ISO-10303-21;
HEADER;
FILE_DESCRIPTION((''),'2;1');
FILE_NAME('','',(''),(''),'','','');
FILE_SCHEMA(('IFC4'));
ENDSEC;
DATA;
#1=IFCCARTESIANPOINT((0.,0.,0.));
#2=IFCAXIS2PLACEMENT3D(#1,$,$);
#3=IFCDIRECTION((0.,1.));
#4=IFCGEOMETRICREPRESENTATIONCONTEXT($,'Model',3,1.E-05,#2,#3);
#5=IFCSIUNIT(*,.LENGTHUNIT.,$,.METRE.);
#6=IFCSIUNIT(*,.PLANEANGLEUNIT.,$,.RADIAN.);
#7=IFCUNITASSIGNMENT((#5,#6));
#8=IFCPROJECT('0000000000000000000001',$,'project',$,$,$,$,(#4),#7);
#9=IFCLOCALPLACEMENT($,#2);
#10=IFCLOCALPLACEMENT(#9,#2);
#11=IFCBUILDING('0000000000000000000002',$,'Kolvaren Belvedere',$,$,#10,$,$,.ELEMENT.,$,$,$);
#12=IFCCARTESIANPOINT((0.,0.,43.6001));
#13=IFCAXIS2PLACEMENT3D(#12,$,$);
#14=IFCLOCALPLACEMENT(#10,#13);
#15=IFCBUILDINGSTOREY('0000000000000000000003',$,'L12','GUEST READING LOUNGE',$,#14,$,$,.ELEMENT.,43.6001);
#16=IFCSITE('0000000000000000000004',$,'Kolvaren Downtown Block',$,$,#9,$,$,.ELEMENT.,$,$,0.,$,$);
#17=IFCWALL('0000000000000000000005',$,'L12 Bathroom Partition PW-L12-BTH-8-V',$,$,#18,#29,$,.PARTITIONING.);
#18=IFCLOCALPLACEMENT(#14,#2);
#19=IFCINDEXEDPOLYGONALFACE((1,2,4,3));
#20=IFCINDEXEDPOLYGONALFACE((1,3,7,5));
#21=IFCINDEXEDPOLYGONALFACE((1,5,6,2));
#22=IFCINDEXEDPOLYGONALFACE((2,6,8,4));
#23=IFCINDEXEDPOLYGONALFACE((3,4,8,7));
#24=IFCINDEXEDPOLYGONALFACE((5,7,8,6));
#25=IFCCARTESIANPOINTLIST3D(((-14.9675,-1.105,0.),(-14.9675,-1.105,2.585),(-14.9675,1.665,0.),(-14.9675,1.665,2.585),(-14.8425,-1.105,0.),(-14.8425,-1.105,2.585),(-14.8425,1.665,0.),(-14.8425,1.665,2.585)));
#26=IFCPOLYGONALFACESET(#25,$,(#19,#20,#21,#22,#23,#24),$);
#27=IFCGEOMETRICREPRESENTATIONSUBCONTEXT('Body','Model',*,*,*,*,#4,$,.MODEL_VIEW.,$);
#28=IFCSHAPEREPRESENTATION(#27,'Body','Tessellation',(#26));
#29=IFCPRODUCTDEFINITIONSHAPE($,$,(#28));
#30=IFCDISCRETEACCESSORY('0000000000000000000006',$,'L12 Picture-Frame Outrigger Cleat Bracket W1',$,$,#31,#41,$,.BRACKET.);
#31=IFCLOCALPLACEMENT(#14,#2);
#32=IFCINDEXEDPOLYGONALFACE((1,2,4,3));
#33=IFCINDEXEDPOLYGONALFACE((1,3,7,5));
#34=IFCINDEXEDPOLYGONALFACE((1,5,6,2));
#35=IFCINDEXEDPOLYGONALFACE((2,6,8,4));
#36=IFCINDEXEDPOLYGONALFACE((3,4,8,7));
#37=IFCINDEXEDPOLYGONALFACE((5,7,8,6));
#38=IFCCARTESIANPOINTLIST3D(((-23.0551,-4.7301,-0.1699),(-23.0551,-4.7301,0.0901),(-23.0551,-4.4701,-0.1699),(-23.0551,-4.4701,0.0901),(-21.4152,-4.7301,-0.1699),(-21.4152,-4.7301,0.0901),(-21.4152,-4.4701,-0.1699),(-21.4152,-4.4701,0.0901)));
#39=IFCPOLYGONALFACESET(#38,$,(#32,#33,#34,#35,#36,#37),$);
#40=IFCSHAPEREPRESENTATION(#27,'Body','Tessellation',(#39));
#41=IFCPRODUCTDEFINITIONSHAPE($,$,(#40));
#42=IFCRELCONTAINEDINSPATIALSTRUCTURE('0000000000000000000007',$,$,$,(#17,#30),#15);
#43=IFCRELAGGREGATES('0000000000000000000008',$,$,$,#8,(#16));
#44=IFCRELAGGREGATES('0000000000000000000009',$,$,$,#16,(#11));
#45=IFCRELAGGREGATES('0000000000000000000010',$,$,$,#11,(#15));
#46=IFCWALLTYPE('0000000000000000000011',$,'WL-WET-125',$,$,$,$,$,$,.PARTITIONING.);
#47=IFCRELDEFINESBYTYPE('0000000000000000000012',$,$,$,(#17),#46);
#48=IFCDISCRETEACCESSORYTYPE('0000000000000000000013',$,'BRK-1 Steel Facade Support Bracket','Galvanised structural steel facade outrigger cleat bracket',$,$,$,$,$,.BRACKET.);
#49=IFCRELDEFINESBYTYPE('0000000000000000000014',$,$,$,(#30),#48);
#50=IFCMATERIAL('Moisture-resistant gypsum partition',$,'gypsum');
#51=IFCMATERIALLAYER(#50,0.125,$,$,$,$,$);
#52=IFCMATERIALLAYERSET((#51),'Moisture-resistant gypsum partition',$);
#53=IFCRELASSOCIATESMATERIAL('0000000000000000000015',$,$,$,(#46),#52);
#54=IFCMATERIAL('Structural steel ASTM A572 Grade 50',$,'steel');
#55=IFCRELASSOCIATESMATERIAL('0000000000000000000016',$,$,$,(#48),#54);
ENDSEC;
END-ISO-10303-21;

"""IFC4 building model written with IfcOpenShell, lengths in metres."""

from ifc_helpers import new_model, si_unit, direction, frame, frame_2d, origin, origin_2d, place, context, subcontext, project, spatial, rectangle, extrude, material, layer, layer_set, type_object, element, save


model = new_model("IFC4")

# Units and contexts
model_context = context("Model", 3, precision=1e-05, world=origin(), true_north=direction((0.0, 1.0)))
body_context = subcontext(model_context, "Body", "Model", "MODEL_VIEW")
ifc_project = project(units=[si_unit("LENGTHUNIT", "METRE"), si_unit("PLANEANGLEUNIT", "RADIAN")], contexts=[model_context])

# Site, building, storey
site_placement = place(None, origin())
site = spatial("IfcSite", under=ifc_project, at=site_placement, Name="Kolvaren Downtown Block", CompositionType="ELEMENT", RefElevation=0.0)
building_placement = place(site_placement, origin())
building = spatial("IfcBuilding", under=site, at=building_placement, Name="Kolvaren Belvedere", CompositionType="ELEMENT")
storey_placement = place(building_placement, frame((0.0, 0.0, 43.6001)))
storey = spatial("IfcBuildingStorey", under=building, at=storey_placement, Name="L12", Description="GUEST READING LOUNGE", CompositionType="ELEMENT", Elevation=43.6001)

# Shared definitions
ifc_material_1 = material(Name="Moisture-resistant gypsum partition", Category="gypsum")
ifc_layer_1 = layer(ifc_material_1, 0.125)
ifc_layer_set_1 = layer_set([ifc_layer_1], Name="Moisture-resistant gypsum partition")
wall_type_1 = type_object("IfcWallType", Name="WL-WET-125", PredefinedType="PARTITIONING", material=ifc_layer_set_1)

# Wall
wall_1_placement = place(storey_placement, frame((-14.905, -1.105, 0.0), z_axis=(0.0, 0.0, 1.0), x_axis=(0.0, 1.0, 0.0)))
element("IfcWall", 1, at=wall_1_placement, inside=storey, type_object=wall_type_1, Name="L12 Bathroom Partition PW-L12-BTH-8-V", PredefinedType="PARTITIONING", context=body_context, shape_type="SweptSolid", body=[
    extrude(rectangle(XDim=2.77, YDim=0.125, at=frame_2d((1.385, 0.0))), origin(), (0.0, 0.0, 1.0), 2.585),
])

# Discrete accessory
ifc_material_2 = material(Name="Structural steel ASTM A572 Grade 50", Category="steel")
discrete_accessory_type = type_object("IfcDiscreteAccessoryType", Name="BRK-1 Steel Facade Support Bracket", Description="Galvanised structural steel facade outrigger cleat bracket", PredefinedType="BRACKET", material=ifc_material_2)
discrete_accessory_placement = place(storey_placement, frame((-22.2351, -4.6001, -0.1699), z_axis=(0.0, 0.0, 1.0), x_axis=(1.0, 0.0, 0.0)))
element("IfcDiscreteAccessory", 2, at=discrete_accessory_placement, inside=storey, type_object=discrete_accessory_type, Name="L12 Picture-Frame Outrigger Cleat Bracket W1", PredefinedType="BRACKET", context=body_context, shape_type="SweptSolid", body=[
    extrude(rectangle(XDim=1.6399, YDim=0.26, at=origin_2d()), origin(), (0.0, 0.0, 1.0), 0.26),
])

save(model, "model.ifc")
